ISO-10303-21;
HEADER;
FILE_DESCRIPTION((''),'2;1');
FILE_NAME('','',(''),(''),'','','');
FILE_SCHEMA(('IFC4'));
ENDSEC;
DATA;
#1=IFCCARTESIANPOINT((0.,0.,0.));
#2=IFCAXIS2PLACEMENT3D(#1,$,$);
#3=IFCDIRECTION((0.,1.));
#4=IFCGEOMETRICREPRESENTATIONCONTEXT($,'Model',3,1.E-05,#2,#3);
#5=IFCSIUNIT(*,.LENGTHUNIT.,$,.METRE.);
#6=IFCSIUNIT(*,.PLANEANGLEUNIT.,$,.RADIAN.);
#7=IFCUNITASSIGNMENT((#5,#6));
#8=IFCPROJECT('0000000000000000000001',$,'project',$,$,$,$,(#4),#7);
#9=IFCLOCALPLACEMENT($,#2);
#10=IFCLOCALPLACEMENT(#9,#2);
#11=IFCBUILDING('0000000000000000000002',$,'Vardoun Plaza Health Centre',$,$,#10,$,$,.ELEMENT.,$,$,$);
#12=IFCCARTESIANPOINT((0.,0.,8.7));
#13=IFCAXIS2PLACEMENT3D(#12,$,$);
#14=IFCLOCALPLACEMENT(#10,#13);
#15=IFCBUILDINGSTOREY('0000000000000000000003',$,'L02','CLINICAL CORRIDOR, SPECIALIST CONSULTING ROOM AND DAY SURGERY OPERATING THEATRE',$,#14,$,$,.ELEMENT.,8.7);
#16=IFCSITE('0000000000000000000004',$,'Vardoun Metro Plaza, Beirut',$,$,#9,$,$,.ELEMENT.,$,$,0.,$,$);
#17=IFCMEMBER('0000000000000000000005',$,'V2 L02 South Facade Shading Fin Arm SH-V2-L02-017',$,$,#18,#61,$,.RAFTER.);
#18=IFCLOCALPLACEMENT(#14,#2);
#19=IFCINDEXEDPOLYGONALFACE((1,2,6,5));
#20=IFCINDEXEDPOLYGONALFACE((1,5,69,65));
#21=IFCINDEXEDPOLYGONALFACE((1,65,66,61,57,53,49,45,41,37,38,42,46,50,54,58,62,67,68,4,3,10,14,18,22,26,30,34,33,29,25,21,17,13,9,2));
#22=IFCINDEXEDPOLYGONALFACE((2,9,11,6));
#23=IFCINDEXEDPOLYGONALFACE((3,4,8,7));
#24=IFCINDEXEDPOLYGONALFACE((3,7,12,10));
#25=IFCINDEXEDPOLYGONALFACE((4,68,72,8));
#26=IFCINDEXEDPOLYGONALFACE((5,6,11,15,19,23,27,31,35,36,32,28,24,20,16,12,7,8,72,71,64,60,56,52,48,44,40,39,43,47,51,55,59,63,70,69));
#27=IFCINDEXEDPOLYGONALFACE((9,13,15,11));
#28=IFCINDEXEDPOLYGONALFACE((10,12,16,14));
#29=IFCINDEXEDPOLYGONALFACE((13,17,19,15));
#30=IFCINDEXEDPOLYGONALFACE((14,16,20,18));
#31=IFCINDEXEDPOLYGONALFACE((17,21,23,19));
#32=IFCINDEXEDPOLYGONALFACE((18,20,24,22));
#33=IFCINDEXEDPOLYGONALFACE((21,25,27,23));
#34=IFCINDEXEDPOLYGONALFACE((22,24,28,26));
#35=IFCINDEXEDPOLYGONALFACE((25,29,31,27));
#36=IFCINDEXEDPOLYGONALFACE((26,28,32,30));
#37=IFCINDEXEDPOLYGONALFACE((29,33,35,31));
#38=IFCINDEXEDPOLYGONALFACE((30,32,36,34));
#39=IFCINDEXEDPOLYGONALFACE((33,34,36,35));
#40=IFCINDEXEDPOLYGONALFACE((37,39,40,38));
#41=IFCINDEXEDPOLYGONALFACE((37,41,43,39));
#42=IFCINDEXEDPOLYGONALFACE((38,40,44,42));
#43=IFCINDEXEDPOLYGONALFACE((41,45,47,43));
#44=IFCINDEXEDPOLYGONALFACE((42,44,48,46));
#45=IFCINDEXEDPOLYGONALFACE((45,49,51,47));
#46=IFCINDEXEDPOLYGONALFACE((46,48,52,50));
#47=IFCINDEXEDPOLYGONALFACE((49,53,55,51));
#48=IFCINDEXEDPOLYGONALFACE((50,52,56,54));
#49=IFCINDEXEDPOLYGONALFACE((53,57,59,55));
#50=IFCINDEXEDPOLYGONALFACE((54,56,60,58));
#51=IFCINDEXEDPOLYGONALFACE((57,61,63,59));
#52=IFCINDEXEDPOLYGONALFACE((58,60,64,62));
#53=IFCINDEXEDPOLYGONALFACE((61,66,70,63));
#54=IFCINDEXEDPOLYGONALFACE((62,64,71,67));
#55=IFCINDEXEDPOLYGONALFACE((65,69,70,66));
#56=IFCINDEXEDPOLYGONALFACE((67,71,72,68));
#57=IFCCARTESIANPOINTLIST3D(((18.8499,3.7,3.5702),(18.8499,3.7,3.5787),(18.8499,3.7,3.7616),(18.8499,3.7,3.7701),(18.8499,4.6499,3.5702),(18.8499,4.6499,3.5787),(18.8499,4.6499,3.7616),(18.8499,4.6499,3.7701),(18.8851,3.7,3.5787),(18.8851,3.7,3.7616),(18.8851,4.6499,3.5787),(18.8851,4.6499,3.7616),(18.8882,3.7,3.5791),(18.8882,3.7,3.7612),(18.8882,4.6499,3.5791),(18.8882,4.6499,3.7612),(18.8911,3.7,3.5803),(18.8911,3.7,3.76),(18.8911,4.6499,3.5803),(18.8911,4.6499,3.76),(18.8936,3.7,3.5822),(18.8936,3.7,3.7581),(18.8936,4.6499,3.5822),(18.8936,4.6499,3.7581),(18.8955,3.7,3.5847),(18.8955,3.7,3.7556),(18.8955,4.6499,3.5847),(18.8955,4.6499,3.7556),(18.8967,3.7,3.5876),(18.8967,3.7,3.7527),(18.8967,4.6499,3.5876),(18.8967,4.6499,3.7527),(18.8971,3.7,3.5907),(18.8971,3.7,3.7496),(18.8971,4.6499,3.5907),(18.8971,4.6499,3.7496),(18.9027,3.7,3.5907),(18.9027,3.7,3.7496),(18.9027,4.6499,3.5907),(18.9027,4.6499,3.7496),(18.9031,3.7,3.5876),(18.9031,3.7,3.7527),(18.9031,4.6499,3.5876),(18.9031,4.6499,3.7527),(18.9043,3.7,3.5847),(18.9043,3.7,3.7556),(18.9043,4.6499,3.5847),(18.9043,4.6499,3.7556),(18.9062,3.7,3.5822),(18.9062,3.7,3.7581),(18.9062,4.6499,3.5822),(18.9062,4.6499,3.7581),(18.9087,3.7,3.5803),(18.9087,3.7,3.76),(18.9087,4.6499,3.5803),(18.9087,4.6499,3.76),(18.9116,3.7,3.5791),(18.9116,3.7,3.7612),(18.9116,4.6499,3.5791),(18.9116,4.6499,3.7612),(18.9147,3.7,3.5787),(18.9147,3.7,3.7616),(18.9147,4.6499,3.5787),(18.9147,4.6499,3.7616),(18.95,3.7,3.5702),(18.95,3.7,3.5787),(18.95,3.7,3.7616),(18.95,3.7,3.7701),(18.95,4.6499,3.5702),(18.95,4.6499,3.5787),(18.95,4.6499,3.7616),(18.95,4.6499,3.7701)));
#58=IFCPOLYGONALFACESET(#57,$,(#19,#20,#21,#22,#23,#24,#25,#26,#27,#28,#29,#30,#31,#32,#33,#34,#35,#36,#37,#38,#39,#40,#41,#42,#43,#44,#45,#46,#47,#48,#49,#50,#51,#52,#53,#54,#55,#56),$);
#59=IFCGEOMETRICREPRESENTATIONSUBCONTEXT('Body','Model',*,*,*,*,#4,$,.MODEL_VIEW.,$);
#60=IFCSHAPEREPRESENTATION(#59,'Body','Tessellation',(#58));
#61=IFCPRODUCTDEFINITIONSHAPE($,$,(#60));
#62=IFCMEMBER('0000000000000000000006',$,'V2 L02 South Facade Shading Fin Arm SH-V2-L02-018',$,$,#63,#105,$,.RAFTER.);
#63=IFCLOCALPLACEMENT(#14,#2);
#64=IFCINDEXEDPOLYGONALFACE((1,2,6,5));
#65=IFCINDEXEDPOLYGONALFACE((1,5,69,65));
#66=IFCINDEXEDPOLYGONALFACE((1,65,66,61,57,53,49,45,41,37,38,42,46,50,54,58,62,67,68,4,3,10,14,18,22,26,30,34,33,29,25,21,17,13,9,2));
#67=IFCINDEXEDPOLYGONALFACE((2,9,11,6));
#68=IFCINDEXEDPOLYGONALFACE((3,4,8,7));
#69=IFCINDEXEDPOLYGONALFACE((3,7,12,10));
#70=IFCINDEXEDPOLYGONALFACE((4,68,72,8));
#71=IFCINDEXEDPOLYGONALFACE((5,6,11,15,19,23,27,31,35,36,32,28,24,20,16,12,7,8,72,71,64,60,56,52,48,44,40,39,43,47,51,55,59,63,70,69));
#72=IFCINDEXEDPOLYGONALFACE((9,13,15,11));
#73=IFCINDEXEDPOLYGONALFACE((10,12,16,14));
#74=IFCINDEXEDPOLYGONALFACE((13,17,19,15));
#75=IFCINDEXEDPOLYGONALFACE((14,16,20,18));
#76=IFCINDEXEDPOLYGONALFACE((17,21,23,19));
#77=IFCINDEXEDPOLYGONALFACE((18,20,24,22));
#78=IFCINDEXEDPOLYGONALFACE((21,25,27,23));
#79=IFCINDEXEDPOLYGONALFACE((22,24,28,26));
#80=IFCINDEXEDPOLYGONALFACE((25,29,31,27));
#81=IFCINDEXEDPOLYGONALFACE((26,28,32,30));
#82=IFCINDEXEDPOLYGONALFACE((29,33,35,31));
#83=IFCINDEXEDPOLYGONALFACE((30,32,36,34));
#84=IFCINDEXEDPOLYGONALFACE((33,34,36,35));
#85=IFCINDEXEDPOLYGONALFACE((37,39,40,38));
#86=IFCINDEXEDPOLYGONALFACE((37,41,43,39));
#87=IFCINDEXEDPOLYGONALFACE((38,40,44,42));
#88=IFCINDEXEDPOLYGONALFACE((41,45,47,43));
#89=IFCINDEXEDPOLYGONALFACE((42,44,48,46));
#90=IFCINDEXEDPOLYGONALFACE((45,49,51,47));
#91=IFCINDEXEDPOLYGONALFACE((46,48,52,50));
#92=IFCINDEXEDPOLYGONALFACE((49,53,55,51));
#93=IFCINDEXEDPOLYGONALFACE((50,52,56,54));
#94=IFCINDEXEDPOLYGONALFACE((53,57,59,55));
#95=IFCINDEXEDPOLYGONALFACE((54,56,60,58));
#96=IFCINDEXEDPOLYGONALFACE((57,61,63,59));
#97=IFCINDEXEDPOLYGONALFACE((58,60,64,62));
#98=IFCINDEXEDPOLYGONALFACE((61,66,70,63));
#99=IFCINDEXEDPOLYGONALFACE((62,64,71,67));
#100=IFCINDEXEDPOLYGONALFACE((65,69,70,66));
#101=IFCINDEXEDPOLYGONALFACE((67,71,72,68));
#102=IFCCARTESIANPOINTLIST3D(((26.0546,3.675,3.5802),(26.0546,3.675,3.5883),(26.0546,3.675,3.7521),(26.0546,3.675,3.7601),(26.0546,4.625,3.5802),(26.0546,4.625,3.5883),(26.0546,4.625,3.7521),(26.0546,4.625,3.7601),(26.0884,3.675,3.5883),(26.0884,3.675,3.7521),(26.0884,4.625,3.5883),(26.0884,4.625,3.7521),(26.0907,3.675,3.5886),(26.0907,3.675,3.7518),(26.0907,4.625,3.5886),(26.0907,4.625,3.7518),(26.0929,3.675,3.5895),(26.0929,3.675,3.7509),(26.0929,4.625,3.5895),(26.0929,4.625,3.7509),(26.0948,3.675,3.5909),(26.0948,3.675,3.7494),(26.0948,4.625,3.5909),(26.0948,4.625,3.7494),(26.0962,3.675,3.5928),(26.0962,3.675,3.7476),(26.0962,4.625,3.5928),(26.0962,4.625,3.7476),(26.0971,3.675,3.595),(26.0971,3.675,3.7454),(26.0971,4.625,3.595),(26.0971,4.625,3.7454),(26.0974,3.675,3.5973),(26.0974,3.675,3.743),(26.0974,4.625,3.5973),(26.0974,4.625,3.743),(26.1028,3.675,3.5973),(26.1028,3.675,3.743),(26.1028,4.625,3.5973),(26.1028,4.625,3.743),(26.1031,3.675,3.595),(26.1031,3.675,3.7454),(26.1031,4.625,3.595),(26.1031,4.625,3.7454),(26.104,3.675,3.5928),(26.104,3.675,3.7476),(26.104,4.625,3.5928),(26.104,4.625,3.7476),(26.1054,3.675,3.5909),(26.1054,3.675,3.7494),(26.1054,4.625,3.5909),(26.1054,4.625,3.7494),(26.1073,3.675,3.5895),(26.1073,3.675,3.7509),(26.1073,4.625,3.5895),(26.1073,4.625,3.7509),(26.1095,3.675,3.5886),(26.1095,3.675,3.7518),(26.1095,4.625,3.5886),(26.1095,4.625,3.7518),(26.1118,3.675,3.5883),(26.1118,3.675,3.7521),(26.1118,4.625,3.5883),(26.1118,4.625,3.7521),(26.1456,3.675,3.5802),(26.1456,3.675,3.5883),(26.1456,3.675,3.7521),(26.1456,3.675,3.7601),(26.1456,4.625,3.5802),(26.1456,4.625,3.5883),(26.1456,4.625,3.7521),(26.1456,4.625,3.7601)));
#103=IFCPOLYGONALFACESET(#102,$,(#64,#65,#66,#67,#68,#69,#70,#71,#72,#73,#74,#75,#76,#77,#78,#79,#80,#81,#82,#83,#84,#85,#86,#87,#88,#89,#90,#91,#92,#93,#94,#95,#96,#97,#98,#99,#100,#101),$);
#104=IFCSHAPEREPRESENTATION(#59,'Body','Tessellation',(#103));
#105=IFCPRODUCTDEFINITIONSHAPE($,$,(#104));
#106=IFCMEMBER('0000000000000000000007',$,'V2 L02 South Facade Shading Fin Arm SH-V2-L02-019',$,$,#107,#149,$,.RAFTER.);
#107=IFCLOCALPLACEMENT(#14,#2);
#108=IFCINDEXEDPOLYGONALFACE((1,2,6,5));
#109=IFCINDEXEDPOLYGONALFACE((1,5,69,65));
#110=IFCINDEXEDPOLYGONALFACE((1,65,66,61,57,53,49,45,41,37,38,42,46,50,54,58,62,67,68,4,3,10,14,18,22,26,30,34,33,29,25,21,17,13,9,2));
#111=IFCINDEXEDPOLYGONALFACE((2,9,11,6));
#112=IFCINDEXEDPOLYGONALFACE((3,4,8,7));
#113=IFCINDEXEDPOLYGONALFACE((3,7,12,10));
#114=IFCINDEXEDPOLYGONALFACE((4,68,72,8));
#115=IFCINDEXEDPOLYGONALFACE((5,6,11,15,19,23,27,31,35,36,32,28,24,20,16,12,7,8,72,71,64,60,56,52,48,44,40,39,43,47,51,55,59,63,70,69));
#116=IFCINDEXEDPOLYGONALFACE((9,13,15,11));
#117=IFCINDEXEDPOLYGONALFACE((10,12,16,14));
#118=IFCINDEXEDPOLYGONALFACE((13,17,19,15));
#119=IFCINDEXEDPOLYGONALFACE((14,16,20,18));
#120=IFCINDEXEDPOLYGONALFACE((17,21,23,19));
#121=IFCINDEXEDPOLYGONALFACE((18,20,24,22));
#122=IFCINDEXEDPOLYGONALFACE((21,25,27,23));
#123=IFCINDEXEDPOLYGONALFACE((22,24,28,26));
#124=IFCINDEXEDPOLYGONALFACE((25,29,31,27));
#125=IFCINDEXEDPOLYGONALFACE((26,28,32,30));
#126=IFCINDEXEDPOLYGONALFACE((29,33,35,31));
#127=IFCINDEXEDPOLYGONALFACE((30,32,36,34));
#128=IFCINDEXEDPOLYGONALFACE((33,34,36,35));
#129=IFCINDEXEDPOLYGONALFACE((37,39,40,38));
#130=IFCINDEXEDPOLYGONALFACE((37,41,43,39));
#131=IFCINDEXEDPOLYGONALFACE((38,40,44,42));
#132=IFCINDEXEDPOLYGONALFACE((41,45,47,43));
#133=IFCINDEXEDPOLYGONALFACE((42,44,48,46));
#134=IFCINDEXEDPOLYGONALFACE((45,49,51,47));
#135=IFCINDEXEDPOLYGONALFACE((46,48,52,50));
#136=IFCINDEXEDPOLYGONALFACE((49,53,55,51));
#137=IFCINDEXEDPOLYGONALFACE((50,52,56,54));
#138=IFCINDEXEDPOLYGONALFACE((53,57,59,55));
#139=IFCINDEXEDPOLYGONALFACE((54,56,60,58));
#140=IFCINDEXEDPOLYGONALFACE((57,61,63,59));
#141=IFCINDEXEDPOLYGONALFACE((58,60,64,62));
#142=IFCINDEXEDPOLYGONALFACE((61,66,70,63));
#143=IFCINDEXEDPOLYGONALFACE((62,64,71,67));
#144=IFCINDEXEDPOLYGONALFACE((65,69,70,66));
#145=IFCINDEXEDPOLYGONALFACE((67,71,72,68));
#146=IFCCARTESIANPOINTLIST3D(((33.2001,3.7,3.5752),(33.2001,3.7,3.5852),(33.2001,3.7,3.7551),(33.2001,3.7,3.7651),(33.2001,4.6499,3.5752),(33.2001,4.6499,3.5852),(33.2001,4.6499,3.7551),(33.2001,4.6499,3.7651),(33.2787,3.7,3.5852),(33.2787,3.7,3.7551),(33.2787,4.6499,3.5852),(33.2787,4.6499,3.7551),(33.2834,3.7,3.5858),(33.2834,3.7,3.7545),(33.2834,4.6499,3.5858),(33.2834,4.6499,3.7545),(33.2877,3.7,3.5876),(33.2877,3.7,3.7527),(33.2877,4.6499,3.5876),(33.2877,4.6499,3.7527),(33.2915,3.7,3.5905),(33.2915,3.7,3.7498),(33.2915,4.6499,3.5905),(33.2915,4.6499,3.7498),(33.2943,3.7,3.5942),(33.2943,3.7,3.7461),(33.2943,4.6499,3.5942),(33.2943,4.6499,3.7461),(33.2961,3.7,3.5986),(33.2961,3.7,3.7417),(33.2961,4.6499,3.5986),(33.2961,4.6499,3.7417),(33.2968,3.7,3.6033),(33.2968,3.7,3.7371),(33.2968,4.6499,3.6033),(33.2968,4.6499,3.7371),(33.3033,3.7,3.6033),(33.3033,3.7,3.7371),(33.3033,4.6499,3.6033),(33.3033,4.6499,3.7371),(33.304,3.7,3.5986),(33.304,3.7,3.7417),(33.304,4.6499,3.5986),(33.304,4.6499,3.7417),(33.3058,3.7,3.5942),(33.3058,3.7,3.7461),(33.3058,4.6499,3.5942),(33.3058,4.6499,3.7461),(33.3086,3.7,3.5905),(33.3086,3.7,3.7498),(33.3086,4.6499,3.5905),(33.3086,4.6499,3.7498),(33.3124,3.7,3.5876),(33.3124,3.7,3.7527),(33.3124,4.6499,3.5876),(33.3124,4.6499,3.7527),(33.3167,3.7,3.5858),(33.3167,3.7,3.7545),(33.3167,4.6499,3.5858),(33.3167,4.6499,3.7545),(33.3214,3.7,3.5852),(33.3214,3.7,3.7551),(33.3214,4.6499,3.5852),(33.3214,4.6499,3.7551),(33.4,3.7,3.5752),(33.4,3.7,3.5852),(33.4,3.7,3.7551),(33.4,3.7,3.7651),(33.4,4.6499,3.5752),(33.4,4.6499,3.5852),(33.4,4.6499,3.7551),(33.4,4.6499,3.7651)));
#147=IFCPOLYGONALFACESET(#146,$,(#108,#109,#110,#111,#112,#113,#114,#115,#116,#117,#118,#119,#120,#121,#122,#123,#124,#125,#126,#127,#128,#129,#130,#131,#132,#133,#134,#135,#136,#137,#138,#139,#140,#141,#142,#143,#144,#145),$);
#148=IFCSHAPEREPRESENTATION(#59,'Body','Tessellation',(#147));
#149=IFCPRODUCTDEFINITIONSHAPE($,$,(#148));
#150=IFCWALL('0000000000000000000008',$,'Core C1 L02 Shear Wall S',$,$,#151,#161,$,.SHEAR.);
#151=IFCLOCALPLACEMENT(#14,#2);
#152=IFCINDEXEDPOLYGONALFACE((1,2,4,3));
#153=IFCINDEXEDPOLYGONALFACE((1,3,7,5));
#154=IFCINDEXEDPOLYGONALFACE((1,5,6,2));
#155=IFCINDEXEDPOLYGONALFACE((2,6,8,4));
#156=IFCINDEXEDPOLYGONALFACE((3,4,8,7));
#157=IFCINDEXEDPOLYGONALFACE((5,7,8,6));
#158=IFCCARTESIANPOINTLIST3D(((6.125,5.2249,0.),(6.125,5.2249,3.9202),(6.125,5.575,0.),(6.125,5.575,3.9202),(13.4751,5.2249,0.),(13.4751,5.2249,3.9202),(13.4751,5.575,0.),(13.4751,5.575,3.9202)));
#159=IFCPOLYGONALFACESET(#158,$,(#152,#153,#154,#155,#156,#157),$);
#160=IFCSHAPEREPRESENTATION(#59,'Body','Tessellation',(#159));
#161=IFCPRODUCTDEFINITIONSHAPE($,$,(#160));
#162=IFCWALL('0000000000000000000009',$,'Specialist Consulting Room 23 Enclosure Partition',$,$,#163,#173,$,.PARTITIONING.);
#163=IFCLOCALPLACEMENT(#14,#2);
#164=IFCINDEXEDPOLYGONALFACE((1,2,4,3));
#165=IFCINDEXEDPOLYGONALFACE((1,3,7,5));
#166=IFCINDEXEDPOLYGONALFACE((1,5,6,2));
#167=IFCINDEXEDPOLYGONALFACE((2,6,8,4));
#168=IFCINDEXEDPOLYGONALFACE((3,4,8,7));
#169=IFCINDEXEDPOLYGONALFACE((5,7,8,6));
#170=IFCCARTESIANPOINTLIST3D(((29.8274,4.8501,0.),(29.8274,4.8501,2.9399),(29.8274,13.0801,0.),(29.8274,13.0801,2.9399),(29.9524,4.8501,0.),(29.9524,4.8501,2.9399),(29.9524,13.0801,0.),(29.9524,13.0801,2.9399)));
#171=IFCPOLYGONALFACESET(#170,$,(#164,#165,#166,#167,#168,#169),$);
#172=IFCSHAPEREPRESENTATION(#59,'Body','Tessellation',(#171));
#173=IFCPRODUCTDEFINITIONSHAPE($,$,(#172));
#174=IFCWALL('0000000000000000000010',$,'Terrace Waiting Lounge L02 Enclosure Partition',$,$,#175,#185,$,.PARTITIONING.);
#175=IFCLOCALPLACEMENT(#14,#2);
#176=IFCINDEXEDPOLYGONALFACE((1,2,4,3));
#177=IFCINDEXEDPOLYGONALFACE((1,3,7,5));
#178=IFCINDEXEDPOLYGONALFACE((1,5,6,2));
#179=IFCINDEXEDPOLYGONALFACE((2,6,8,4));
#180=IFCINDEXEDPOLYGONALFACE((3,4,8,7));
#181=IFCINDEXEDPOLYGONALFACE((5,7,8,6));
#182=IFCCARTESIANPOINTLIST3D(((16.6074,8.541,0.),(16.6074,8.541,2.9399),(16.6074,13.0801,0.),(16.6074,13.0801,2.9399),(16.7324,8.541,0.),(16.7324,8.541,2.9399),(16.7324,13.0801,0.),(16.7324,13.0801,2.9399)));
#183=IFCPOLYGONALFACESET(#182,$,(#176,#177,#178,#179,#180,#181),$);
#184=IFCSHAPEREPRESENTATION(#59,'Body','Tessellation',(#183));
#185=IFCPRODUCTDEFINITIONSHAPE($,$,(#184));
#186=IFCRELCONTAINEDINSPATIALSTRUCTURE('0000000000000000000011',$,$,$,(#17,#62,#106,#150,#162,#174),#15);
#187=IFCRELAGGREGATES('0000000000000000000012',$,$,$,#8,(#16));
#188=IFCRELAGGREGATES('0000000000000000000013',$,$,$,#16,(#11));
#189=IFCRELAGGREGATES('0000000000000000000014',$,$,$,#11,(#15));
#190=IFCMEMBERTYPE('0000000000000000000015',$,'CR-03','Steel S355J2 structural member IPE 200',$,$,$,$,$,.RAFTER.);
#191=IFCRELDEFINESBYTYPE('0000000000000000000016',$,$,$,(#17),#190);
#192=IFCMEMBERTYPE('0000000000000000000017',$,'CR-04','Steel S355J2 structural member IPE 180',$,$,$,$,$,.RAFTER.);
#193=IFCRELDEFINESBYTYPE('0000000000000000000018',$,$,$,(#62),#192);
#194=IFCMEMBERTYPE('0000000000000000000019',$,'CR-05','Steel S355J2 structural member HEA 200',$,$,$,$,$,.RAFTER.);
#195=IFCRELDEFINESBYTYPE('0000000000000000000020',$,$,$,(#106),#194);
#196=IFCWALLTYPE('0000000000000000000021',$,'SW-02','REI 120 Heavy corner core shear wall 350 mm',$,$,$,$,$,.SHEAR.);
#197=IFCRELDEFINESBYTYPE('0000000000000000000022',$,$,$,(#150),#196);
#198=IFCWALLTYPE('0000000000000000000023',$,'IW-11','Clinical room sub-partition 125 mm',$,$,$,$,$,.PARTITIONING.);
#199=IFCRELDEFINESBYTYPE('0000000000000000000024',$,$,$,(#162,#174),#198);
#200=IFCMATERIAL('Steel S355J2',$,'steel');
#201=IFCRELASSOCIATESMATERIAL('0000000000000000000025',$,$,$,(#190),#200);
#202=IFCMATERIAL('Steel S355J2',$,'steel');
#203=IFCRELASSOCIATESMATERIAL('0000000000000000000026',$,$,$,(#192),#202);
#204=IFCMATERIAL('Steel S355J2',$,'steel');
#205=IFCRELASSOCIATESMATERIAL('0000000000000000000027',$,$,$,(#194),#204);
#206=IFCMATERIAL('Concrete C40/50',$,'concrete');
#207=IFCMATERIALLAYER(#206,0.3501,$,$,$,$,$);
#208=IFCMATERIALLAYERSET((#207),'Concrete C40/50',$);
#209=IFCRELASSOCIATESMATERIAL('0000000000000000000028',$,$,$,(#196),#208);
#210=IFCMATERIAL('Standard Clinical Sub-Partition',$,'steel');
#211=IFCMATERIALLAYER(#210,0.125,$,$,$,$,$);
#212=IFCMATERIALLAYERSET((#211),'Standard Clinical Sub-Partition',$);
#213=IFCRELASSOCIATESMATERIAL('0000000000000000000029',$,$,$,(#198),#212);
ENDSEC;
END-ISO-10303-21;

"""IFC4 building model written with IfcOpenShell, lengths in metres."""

from ifc_helpers import new_model, si_unit, direction, frame, frame_2d, origin, origin_2d, place, context, subcontext, project, spatial, rectangle, i_section, extrude, material, layer, layer_set, material_profile, profile_set, type_object, element, save


model = new_model("IFC4")

# Units and contexts
model_context = context("Model", 3, precision=1e-05, world=origin(), true_north=direction((0.0, 1.0)))
body_context = subcontext(model_context, "Body", "Model", "MODEL_VIEW")
ifc_project = project(units=[si_unit("LENGTHUNIT", "METRE"), si_unit("PLANEANGLEUNIT", "RADIAN")], contexts=[model_context])

# Site, building, storey
site_placement = place(None, origin())
site = spatial("IfcSite", under=ifc_project, at=site_placement, Name="Vardoun Metro Plaza, Beirut", CompositionType="ELEMENT", RefElevation=0.0)
building_placement = place(site_placement, origin())
building = spatial("IfcBuilding", under=site, at=building_placement, Name="Vardoun Plaza Health Centre", CompositionType="ELEMENT")
storey_placement = place(building_placement, frame((0.0, 0.0, 8.7)))
storey = spatial("IfcBuildingStorey", under=building, at=storey_placement, Name="L02", Description="CLINICAL CORRIDOR, SPECIALIST CONSULTING ROOM AND DAY SURGERY OPERATING THEATRE", CompositionType="ELEMENT", Elevation=8.7)

# Members
ifc_material_1 = material(Name="Steel S355J2", Category="steel")
ifc_material_profile_1 = material_profile(ifc_material_1, i_section(OverallWidth=0.1001, OverallDepth=0.2, WebThickness=0.0056, FlangeThickness=0.0085, FilletRadius=0.012, at=origin_2d()), Name="IPE 200")
ifc_profile_set_1 = profile_set([ifc_material_profile_1], Name="Steel S355J2")
member_type_1 = type_object("IfcMemberType", Name="CR-03", Description="Steel S355J2 structural member IPE 200", PredefinedType="RAFTER", material=ifc_profile_set_1)
member_1_placement = place(storey_placement, frame((18.8999, 4.6499, 3.6702), z_axis=(0.0, -1.0, 0.0), x_axis=(1.0, 0.0, 0.0)))
element("IfcMember", 1, at=member_1_placement, inside=storey, type_object=member_type_1, Name="V2 L02 South Facade Shading Fin Arm SH-V2-L02-017", PredefinedType="RAFTER", context=body_context, shape_type="SweptSolid", body=[
    extrude(i_section(OverallWidth=0.1001, OverallDepth=0.2, WebThickness=0.0056, FlangeThickness=0.0085, FilletRadius=0.012, at=origin_2d()), origin(), (0.0, 0.0, 1.0), 0.95),
])
ifc_material_2 = material(Name="Steel S355J2", Category="steel")
ifc_material_profile_2 = material_profile(ifc_material_2, i_section(OverallWidth=0.0911, OverallDepth=0.1799, WebThickness=0.0054, FlangeThickness=0.0081, FilletRadius=0.009, at=origin_2d()), Name="IPE 180")
ifc_profile_set_2 = profile_set([ifc_material_profile_2], Name="Steel S355J2")
member_type_2 = type_object("IfcMemberType", Name="CR-04", Description="Steel S355J2 structural member IPE 180", PredefinedType="RAFTER", material=ifc_profile_set_2)
member_2_placement = place(storey_placement, frame((26.1001, 4.625, 3.6702), z_axis=(0.0, -1.0, 0.0), x_axis=(1.0, 0.0, 0.0)))
element("IfcMember", 2, at=member_2_placement, inside=storey, type_object=member_type_2, Name="V2 L02 South Facade Shading Fin Arm SH-V2-L02-018", PredefinedType="RAFTER", context=body_context, shape_type="SweptSolid", body=[
    extrude(i_section(OverallWidth=0.0911, OverallDepth=0.1799, WebThickness=0.0054, FlangeThickness=0.0081, FilletRadius=0.009, at=origin_2d()), origin(), (0.0, 0.0, 1.0), 0.95),
])
ifc_material_3 = material(Name="Steel S355J2", Category="steel")
ifc_material_profile_3 = material_profile(ifc_material_3, i_section(OverallWidth=0.2, OverallDepth=0.1899, WebThickness=0.0066, FlangeThickness=0.01, FilletRadius=0.0181, at=origin_2d()), Name="HEA 200")
ifc_profile_set_3 = profile_set([ifc_material_profile_3], Name="Steel S355J2")
member_type_3 = type_object("IfcMemberType", Name="CR-05", Description="Steel S355J2 structural member HEA 200", PredefinedType="RAFTER", material=ifc_profile_set_3)
member_3_placement = place(storey_placement, frame((33.3, 4.6499, 3.6702), z_axis=(0.0, -1.0, 0.0), x_axis=(1.0, 0.0, 0.0)))
element("IfcMember", 3, at=member_3_placement, inside=storey, type_object=member_type_3, Name="V2 L02 South Facade Shading Fin Arm SH-V2-L02-019", PredefinedType="RAFTER", context=body_context, shape_type="SweptSolid", body=[
    extrude(i_section(OverallWidth=0.2, OverallDepth=0.1899, WebThickness=0.0066, FlangeThickness=0.01, FilletRadius=0.0181, at=origin_2d()), origin(), (0.0, 0.0, 1.0), 0.95),
])

# Wall
ifc_material_4 = material(Name="Concrete C40/50", Category="concrete")
ifc_layer_1 = layer(ifc_material_4, 0.3501)
ifc_layer_set_1 = layer_set([ifc_layer_1], Name="Concrete C40/50")
wall_type_1 = type_object("IfcWallType", Name="SW-02", Description="REI 120 Heavy corner core shear wall 350 mm", PredefinedType="SHEAR", material=ifc_layer_set_1)
wall_1_placement = place(storey_placement, frame((13.4751, 5.3999, 0.0), z_axis=(0.0, 0.0, 1.0), x_axis=(-1.0, 0.0, 0.0)))
element("IfcWall", 4, at=wall_1_placement, inside=storey, type_object=wall_type_1, Name="Core C1 L02 Shear Wall S", PredefinedType="SHEAR", context=body_context, shape_type="SweptSolid", body=[
    extrude(rectangle(XDim=7.3501, YDim=0.3501, at=frame_2d((3.675, 0.0))), origin(), (0.0, 0.0, 1.0), 3.9202),
])

# Walls
ifc_material_5 = material(Name="Standard Clinical Sub-Partition", Category="steel")
ifc_layer_2 = layer(ifc_material_5, 0.125)
ifc_layer_set_2 = layer_set([ifc_layer_2], Name="Standard Clinical Sub-Partition")
wall_type_2 = type_object("IfcWallType", Name="IW-11", Description="Clinical room sub-partition 125 mm", PredefinedType="PARTITIONING", material=ifc_layer_set_2)
wall_2_placement = place(storey_placement, frame((29.8899, 4.8501, 0.0), z_axis=(0.0, 0.0, 1.0), x_axis=(0.0, 1.0, 0.0)))
element("IfcWall", 5, at=wall_2_placement, inside=storey, type_object=wall_type_2, Name="Specialist Consulting Room 23 Enclosure Partition", PredefinedType="PARTITIONING", context=body_context, shape_type="SweptSolid", body=[
    extrude(rectangle(XDim=8.23, YDim=0.125, at=frame_2d((4.115, 0.0))), origin(), (0.0, 0.0, 1.0), 2.9399),
])
wall_3_placement = place(storey_placement, frame((16.6699, 8.541, 0.0), z_axis=(0.0, 0.0, 1.0), x_axis=(0.0, 1.0, 0.0)))
element("IfcWall", 6, at=wall_3_placement, inside=storey, type_object=wall_type_2, Name="Terrace Waiting Lounge L02 Enclosure Partition", PredefinedType="PARTITIONING", context=body_context, shape_type="SweptSolid", body=[
    extrude(rectangle(XDim=4.5391, YDim=0.125, at=frame_2d((2.2695, 0.0))), origin(), (0.0, 0.0, 1.0), 2.9399),
])

save(model, "model.ifc")
